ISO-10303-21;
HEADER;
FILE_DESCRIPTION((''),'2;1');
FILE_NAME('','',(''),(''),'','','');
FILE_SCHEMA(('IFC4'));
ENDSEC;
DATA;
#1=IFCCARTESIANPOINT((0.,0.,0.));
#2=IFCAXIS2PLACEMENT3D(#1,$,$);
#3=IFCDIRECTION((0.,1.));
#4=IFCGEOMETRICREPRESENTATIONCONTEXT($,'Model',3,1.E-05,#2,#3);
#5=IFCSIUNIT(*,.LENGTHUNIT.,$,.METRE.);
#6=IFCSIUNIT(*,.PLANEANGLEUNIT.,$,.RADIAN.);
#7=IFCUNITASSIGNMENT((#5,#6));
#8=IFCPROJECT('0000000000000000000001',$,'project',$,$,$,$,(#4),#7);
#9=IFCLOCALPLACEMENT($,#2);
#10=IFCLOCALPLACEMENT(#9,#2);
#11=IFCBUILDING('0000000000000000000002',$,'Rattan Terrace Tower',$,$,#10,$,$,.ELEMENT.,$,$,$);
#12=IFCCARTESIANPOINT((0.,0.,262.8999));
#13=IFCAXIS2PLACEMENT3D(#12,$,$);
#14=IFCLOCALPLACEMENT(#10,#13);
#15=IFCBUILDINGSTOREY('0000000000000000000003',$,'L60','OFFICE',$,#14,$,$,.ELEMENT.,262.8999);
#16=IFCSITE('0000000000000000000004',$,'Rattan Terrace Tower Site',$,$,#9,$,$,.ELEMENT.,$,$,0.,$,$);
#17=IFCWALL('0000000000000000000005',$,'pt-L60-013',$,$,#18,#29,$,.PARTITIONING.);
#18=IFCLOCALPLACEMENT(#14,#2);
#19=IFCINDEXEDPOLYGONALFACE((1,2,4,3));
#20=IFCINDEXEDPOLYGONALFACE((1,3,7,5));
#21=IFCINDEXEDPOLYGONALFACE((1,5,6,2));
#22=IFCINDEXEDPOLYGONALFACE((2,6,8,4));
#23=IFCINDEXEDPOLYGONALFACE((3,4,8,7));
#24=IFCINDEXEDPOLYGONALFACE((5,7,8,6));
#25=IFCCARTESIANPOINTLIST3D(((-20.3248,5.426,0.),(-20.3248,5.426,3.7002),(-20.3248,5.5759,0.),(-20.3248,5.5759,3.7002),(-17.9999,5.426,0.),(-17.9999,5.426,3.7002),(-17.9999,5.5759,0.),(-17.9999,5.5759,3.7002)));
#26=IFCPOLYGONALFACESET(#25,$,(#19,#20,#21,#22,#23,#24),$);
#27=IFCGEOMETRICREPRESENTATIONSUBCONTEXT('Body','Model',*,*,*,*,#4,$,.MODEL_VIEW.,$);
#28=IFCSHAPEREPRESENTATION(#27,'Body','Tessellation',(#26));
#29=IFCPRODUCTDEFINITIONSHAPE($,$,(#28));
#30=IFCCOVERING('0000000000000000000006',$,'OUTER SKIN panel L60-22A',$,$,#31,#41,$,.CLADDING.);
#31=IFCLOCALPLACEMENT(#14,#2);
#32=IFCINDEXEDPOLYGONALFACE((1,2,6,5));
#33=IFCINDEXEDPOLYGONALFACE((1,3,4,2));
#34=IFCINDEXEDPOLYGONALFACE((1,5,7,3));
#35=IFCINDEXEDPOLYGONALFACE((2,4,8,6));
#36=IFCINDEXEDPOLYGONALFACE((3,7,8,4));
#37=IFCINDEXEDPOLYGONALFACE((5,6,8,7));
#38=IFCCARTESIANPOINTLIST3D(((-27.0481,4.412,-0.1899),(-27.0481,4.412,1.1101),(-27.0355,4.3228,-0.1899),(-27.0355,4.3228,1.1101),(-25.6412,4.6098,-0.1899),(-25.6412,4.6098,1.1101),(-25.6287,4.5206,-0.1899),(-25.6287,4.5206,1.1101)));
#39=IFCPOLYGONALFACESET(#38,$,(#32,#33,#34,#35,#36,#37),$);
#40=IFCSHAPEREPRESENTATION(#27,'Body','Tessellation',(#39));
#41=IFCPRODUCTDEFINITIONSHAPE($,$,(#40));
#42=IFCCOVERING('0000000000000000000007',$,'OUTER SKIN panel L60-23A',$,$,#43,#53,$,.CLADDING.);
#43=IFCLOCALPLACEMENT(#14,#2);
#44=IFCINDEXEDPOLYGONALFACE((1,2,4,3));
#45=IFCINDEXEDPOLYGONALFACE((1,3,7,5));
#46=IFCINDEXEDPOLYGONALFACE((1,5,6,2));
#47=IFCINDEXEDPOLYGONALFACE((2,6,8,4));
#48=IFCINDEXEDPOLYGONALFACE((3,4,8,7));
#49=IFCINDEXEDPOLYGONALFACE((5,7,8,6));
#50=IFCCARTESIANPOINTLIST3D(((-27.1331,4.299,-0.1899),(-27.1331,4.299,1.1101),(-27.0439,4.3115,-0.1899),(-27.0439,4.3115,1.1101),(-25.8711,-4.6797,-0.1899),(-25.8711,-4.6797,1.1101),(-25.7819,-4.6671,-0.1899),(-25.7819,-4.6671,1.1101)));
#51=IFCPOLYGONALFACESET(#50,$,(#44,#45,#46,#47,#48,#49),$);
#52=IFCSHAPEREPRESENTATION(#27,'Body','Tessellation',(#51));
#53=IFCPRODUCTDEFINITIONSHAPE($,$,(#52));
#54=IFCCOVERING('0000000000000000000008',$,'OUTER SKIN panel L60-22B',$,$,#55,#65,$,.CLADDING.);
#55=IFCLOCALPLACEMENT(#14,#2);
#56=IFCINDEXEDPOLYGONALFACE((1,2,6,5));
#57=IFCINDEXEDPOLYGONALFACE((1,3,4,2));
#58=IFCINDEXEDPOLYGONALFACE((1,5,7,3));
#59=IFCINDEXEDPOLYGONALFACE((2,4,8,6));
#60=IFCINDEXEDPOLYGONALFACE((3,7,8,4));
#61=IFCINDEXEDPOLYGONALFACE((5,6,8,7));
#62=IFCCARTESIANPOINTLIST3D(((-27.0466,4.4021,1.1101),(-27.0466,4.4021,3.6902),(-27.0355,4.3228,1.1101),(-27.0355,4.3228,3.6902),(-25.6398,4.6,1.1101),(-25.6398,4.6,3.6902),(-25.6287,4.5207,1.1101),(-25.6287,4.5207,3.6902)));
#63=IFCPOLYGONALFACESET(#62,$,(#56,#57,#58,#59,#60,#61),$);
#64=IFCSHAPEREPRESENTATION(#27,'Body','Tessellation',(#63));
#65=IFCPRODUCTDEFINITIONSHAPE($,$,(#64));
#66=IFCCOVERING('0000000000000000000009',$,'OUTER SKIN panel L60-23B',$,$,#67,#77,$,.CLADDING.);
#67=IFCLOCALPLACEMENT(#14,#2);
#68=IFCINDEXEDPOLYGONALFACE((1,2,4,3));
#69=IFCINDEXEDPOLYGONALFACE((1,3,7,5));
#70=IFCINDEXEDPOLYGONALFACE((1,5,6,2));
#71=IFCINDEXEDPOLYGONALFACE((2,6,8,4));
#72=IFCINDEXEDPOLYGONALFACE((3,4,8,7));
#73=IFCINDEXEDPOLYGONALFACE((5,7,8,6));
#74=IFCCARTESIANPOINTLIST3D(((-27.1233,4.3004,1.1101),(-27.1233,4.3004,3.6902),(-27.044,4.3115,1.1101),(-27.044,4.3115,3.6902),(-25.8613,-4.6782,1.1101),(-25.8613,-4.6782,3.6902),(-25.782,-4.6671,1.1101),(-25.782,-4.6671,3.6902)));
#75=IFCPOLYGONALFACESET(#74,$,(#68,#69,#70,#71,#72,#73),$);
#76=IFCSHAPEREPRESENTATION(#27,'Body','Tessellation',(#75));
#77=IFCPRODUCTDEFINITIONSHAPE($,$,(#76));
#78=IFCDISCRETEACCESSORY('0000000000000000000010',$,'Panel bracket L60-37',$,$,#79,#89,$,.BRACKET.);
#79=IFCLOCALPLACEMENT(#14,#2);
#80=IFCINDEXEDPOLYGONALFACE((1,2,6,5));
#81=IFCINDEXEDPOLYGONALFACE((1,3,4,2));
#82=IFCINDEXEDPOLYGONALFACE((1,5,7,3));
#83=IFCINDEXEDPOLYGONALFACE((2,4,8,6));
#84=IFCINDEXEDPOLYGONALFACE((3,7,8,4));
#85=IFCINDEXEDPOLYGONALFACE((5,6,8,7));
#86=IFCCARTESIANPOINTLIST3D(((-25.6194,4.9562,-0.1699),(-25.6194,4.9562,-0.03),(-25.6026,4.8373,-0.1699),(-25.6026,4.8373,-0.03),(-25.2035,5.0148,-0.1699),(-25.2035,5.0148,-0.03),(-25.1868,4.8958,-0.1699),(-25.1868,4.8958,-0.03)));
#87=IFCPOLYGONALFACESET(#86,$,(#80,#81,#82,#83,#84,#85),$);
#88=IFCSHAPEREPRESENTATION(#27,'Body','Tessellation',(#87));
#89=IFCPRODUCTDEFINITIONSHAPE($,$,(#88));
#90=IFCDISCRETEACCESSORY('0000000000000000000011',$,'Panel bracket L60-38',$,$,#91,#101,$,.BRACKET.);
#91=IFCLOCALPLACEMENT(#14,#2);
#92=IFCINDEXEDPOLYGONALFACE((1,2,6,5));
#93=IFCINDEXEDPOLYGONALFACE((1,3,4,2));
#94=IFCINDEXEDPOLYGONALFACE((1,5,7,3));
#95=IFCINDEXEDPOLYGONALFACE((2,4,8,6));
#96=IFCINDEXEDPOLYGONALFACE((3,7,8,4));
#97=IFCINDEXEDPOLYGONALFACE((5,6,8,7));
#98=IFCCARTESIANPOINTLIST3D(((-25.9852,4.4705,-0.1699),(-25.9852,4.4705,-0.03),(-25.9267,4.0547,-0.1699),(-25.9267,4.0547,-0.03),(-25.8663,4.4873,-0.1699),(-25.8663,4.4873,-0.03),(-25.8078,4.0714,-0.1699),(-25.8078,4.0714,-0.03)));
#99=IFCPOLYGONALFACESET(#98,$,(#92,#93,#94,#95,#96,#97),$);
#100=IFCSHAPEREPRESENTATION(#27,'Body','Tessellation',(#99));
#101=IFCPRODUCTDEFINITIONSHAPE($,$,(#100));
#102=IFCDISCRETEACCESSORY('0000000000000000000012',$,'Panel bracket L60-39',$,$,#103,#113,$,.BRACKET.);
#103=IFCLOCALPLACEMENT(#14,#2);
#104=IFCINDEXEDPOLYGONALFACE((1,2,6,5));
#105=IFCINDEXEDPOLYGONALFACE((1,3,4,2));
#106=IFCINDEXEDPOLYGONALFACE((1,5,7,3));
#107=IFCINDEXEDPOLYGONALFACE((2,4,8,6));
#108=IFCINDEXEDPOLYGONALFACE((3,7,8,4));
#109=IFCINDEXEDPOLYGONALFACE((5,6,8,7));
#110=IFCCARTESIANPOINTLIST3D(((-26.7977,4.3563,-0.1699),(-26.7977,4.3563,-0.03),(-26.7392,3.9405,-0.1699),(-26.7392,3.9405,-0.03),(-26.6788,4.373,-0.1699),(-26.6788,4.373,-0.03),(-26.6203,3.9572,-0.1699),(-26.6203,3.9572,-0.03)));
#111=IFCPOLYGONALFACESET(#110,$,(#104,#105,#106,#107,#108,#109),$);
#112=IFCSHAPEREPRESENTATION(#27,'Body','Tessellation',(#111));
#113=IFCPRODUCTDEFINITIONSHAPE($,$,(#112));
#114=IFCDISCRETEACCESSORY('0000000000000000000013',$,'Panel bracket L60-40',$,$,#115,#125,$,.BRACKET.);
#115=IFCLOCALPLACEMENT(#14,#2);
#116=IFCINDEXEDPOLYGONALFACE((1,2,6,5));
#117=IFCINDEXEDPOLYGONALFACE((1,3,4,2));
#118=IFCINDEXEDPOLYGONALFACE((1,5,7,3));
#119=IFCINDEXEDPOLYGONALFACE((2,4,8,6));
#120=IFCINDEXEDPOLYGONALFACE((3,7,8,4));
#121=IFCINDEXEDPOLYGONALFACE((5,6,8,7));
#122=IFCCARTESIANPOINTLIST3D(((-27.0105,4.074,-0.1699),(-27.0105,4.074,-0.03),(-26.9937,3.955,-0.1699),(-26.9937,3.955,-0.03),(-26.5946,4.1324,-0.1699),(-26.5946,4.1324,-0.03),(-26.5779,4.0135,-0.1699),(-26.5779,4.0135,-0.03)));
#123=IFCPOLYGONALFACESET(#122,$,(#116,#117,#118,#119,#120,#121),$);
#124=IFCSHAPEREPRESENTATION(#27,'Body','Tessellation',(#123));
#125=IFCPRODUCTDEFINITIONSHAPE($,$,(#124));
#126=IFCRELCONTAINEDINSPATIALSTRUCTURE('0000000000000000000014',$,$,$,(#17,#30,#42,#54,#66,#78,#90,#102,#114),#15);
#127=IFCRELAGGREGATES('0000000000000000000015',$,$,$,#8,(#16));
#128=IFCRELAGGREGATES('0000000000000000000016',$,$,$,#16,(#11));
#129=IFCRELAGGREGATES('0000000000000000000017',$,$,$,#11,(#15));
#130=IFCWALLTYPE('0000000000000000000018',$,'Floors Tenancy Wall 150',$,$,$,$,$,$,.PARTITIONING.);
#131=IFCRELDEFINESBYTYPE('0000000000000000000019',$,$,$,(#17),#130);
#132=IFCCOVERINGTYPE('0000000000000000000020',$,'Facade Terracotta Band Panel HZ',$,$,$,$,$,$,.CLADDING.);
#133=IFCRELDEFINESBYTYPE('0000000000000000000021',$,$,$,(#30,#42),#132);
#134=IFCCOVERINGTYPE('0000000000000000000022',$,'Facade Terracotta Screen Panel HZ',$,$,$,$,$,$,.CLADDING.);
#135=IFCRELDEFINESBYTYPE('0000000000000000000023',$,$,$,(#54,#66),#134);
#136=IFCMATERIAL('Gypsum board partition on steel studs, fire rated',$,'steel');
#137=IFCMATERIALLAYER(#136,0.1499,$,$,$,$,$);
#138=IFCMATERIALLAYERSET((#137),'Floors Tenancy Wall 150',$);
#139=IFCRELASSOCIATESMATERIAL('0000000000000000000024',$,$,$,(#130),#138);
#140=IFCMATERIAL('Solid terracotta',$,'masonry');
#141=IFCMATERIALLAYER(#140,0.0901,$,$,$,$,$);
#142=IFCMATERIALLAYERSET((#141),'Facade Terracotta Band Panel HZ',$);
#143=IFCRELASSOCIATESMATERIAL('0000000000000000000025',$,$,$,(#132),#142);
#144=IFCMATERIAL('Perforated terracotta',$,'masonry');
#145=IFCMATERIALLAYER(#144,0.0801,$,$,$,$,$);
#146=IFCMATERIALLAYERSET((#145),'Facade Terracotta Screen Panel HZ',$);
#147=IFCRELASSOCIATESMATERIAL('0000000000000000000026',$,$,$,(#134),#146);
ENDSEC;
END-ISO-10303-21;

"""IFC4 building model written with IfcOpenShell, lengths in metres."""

from ifc_helpers import new_model, si_unit, direction, frame, frame_2d, origin, origin_2d, place, context, subcontext, project, spatial, rectangle, extrude, material, layer, layer_set, type_object, element, save


model = new_model("IFC4")

# Units and contexts
model_context = context("Model", 3, precision=1e-05, world=origin(), true_north=direction((0.0, 1.0)))
body_context = subcontext(model_context, "Body", "Model", "MODEL_VIEW")
ifc_project = project(units=[si_unit("LENGTHUNIT", "METRE"), si_unit("PLANEANGLEUNIT", "RADIAN")], contexts=[model_context])

# Site, building, storey
site_placement = place(None, origin())
site = spatial("IfcSite", under=ifc_project, at=site_placement, Name="Rattan Terrace Tower Site", CompositionType="ELEMENT", RefElevation=0.0)
building_placement = place(site_placement, origin())
building = spatial("IfcBuilding", under=site, at=building_placement, Name="Rattan Terrace Tower", CompositionType="ELEMENT")
storey_placement = place(building_placement, frame((0.0, 0.0, 262.8999)))
storey = spatial("IfcBuildingStorey", under=building, at=storey_placement, Name="L60", Description="OFFICE", CompositionType="ELEMENT", Elevation=262.8999)

# Shared definitions
ifc_material_1 = material(Name="Gypsum board partition on steel studs, fire rated", Category="steel")
ifc_layer_1 = layer(ifc_material_1, 0.1499)
ifc_layer_set_1 = layer_set([ifc_layer_1], Name="Floors Tenancy Wall 150")
wall_type_1 = type_object("IfcWallType", Name="Floors Tenancy Wall 150", PredefinedType="PARTITIONING", material=ifc_layer_set_1)

# Wall
wall_1_placement = place(storey_placement, frame((-20.325, 5.501, 0.0), z_axis=(0.0, 0.0, 1.0), x_axis=(1.0, 0.0, 0.0)))
element("IfcWall", 1, at=wall_1_placement, inside=storey, type_object=wall_type_1, Name="pt-L60-013", PredefinedType="PARTITIONING", context=body_context, shape_type="SweptSolid", body=[
    extrude(rectangle(XDim=2.325, YDim=0.1499, at=frame_2d((1.1626, 0.0))), origin(), (0.0, 0.0, 1.0), 3.7002),
])

# Coverings
ifc_material_2 = material(Name="Solid terracotta", Category="masonry")
ifc_layer_2 = layer(ifc_material_2, 0.0901)
ifc_layer_set_2 = layer_set([ifc_layer_2], Name="Facade Terracotta Band Panel HZ")
covering_type_1 = type_object("IfcCoveringType", Name="Facade Terracotta Band Panel HZ", PredefinedType="CLADDING", material=ifc_layer_set_2)
covering_1_placement = place(storey_placement, frame((-26.3384, 4.4663, -0.1899), z_axis=(0.0, 0.0, 1.0), x_axis=(-0.990254, -0.139275, 0.0)))
element("IfcCovering", 2, at=covering_1_placement, inside=storey, type_object=covering_type_1, Name="OUTER SKIN panel L60-22A", PredefinedType="CLADDING", context=body_context, shape_type="SweptSolid", body=[
    extrude(rectangle(XDim=1.4207, YDim=0.0901, at=origin_2d()), origin(), (0.0, 0.0, 1.0), 1.3),
])
covering_2_placement = place(storey_placement, frame((-26.4575, -0.1841, -0.1899), z_axis=(0.0, 0.0, 1.0), x_axis=(0.139192, -0.990265, 0.0)))
element("IfcCovering", 3, at=covering_2_placement, inside=storey, type_object=covering_type_1, Name="OUTER SKIN panel L60-23A", PredefinedType="CLADDING", context=body_context, shape_type="SweptSolid", body=[
    extrude(rectangle(XDim=9.0669, YDim=0.0901, at=origin_2d()), origin(), (0.0, 0.0, 1.0), 1.3),
])
ifc_material_3 = material(Name="Perforated terracotta", Category="masonry")
ifc_layer_3 = layer(ifc_material_3, 0.0801)
ifc_layer_set_3 = layer_set([ifc_layer_3], Name="Facade Terracotta Screen Panel HZ")
covering_type_2 = type_object("IfcCoveringType", Name="Facade Terracotta Screen Panel HZ", PredefinedType="CLADDING", material=ifc_layer_set_3)
covering_3_placement = place(storey_placement, frame((-26.3376, 4.4614, 1.1101), z_axis=(0.0, 0.0, 1.0), x_axis=(-0.990254, -0.139275, 0.0)))
element("IfcCovering", 4, at=covering_3_placement, inside=storey, type_object=covering_type_2, Name="OUTER SKIN panel L60-22B", PredefinedType="CLADDING", context=body_context, shape_type="SweptSolid", body=[
    extrude(rectangle(XDim=1.4207, YDim=0.0801, at=origin_2d()), origin(), (0.0, 0.0, 1.0), 2.5801),
])
covering_4_placement = place(storey_placement, frame((-26.4526, -0.1833, 1.1101), z_axis=(0.0, 0.0, 1.0), x_axis=(0.139192, -0.990265, 0.0)))
element("IfcCovering", 5, at=covering_4_placement, inside=storey, type_object=covering_type_2, Name="OUTER SKIN panel L60-23B", PredefinedType="CLADDING", context=body_context, shape_type="SweptSolid", body=[
    extrude(rectangle(XDim=9.0669, YDim=0.0801, at=origin_2d()), origin(), (0.0, 0.0, 1.0), 2.5801),
])

# Discrete accessories
for number, where, z_axis, x_axis, name in (
    (6, (-25.4031, 4.926, -0.1699), (0.0, 0.0, 1.0), (0.139367, -0.990241, 0.0), "Panel bracket L60-37"),
    (7, (-25.8965, 4.271, -0.1699), (0.0, 0.0, 1.0), (-0.990254, -0.139275, 0.0), "Panel bracket L60-38"),
    (8, (-26.709, 4.1567, -0.1699), (0.0, 0.0, 1.0), (-0.990254, -0.139275, 0.0), "Panel bracket L60-39"),
    (9, (-26.7942, 4.0437, -0.1699), (0.0, 0.0, 1.0), (0.139192, -0.990265, 0.0), "Panel bracket L60-40"),
):
    element("IfcDiscreteAccessory", number, at=place(storey_placement, frame(where, z_axis=z_axis, x_axis=x_axis)), inside=storey, Name=name, PredefinedType="BRACKET", context=body_context, shape_type="SweptSolid", body=[
        extrude(rectangle(XDim=0.1201, YDim=0.4199, at=origin_2d()), origin(), (0.0, 0.0, 1.0), 0.1399),
    ])

save(model, "model.ifc")
